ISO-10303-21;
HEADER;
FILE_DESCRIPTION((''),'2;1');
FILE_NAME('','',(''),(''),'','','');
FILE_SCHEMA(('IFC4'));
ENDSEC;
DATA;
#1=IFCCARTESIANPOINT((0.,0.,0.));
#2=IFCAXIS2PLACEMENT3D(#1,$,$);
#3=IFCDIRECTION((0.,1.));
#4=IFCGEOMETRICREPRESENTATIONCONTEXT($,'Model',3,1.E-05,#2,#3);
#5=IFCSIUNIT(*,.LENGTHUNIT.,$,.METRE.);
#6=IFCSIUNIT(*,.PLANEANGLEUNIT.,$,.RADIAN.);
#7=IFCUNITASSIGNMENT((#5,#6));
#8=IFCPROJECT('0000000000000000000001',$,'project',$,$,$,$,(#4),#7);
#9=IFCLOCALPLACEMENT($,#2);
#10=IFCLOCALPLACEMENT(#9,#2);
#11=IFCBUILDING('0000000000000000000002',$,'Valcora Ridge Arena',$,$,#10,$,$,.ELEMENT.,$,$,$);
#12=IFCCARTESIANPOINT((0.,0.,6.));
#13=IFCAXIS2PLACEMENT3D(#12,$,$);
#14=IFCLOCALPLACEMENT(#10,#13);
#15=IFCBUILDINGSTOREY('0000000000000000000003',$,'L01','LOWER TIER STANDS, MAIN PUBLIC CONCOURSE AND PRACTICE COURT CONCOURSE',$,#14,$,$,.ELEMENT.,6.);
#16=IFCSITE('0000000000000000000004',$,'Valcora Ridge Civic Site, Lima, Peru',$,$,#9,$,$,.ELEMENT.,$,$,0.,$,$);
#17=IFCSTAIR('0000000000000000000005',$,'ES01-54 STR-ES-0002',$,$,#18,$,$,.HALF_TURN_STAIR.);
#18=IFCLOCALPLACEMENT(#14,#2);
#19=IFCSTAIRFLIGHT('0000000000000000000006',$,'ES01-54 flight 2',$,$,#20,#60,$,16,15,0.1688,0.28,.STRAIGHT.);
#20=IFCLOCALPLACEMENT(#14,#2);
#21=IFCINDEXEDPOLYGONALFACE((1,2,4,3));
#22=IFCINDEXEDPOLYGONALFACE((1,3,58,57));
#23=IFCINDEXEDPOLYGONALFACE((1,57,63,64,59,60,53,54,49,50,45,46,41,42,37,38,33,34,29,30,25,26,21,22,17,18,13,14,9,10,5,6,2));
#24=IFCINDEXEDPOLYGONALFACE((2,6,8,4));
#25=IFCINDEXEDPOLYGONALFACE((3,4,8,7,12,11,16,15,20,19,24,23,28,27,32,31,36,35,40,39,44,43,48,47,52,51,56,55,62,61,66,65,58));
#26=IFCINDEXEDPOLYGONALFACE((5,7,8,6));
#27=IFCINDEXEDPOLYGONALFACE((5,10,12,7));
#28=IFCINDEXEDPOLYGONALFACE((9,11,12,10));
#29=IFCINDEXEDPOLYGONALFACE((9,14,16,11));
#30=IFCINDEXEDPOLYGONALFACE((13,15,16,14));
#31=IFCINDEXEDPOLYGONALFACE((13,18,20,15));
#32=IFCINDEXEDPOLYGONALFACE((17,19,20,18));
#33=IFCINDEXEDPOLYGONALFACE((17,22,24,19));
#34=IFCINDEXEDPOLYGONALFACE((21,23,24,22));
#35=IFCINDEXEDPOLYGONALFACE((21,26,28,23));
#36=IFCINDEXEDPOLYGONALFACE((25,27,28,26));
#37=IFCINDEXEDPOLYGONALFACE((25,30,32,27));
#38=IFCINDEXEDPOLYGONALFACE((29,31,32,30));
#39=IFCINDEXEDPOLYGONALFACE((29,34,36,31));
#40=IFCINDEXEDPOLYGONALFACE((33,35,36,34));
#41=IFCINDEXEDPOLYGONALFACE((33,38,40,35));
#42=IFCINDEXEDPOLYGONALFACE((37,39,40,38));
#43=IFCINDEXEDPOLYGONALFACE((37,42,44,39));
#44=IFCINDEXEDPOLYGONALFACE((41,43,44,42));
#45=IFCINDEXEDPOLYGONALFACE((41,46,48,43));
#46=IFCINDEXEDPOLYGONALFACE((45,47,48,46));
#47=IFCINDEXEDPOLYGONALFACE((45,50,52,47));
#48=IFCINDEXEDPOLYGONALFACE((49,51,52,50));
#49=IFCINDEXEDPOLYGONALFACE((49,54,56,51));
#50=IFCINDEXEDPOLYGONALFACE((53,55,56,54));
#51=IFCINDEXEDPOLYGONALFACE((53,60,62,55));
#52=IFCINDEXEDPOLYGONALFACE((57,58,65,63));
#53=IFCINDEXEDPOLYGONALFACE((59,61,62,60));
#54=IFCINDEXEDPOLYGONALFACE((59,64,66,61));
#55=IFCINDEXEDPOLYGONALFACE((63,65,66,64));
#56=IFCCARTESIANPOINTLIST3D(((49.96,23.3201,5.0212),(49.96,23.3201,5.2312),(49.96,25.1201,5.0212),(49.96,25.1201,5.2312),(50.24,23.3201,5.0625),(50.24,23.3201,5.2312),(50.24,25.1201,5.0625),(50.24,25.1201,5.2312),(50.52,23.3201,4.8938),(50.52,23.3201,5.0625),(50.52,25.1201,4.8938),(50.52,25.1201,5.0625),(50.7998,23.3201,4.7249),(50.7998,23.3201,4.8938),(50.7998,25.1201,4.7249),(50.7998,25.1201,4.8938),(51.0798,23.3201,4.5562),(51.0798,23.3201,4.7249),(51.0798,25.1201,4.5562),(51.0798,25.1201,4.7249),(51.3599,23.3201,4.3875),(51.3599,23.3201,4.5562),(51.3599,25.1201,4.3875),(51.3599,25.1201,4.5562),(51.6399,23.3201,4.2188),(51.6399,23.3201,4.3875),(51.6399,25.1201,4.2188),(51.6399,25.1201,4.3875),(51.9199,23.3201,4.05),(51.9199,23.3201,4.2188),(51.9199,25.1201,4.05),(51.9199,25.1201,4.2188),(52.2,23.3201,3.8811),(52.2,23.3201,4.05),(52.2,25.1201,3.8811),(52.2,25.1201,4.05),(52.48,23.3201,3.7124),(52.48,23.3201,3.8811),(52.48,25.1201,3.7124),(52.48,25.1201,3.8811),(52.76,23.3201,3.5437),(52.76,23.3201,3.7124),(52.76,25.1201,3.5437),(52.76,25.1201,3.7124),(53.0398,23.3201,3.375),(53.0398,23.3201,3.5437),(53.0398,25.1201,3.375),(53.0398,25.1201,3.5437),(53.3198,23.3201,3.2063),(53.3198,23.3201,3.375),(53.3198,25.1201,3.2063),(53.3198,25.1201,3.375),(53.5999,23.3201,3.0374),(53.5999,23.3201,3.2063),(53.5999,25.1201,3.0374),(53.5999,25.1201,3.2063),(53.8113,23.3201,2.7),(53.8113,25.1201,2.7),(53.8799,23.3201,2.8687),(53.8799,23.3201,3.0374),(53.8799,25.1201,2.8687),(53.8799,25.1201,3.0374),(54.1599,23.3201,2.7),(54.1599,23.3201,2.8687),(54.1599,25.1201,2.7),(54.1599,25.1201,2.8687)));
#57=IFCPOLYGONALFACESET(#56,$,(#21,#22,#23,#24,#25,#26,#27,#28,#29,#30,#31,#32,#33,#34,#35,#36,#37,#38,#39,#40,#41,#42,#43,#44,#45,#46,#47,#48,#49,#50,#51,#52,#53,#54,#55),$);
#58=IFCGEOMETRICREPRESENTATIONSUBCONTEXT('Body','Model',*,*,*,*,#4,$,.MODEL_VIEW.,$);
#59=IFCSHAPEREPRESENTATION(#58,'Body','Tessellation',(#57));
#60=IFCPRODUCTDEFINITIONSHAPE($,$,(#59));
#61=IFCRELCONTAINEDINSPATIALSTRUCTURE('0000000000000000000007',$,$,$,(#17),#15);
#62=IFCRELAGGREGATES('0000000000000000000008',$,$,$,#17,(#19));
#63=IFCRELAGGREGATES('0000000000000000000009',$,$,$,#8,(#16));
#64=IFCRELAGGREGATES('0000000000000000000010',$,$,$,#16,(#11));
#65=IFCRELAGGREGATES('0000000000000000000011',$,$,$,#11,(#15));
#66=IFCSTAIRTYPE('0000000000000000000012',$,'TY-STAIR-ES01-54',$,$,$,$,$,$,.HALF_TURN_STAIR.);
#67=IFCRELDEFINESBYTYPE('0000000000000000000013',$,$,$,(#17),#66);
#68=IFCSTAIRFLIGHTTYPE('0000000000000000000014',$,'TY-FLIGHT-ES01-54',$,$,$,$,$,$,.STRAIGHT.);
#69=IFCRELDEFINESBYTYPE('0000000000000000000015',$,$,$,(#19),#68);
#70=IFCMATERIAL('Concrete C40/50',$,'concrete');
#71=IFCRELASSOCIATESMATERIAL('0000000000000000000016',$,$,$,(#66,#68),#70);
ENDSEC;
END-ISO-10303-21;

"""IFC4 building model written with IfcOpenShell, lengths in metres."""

from ifc_helpers import new_model, si_unit, direction, frame, origin, place, context, subcontext, project, spatial, polyline, outline, extrude, material, type_object, element, aggregate, save


model = new_model("IFC4")

# Units and contexts
model_context = context("Model", 3, precision=1e-05, world=origin(), true_north=direction((0.0, 1.0)))
body_context = subcontext(model_context, "Body", "Model", "MODEL_VIEW")
ifc_project = project(units=[si_unit("LENGTHUNIT", "METRE"), si_unit("PLANEANGLEUNIT", "RADIAN")], contexts=[model_context])

# Site, building, storey
site_placement = place(None, origin())
site = spatial("IfcSite", under=ifc_project, at=site_placement, Name="Valcora Ridge Civic Site, Lima, Peru", CompositionType="ELEMENT", RefElevation=0.0)
building_placement = place(site_placement, origin())
building = spatial("IfcBuilding", under=site, at=building_placement, Name="Valcora Ridge Arena", CompositionType="ELEMENT")
storey_placement = place(building_placement, frame((0.0, 0.0, 6.0)))
storey = spatial("IfcBuildingStorey", under=building, at=storey_placement, Name="L01", Description="LOWER TIER STANDS, MAIN PUBLIC CONCOURSE AND PRACTICE COURT CONCOURSE", CompositionType="ELEMENT", Elevation=6.0)

# Shared definitions
ifc_material_1 = material(Name="Concrete C40/50", Category="concrete")

# Stair, stair flight
stair_type = type_object("IfcStairType", Name="TY-STAIR-ES01-54", PredefinedType="HALF_TURN_STAIR", material=ifc_material_1)
stair_placement = place(storey_placement, origin())
stair = element("IfcStair", 1, at=stair_placement, inside=storey, type_object=stair_type, Name="ES01-54 STR-ES-0002", PredefinedType="HALF_TURN_STAIR")
stair_flight_type = type_object("IfcStairFlightType", Name="TY-FLIGHT-ES01-54", PredefinedType="STRAIGHT", material=ifc_material_1)
stair_flight_placement = place(storey_placement, frame((54.1599, 24.22, 2.7), z_axis=(0.0, 0.0, 1.0), x_axis=(-1.0, 0.0, 0.0)))
stair_flight = element("IfcStairFlight", 2, at=stair_flight_placement, type_object=stair_flight_type, Name="ES01-54 flight 2", NumberOfRisers=16, NumberOfTreads=15, PredefinedType="STRAIGHT", RiserHeight=0.1688, TreadLength=0.28, context=body_context, shape_type="SweptSolid", body=[
    extrude(outline(polyline([(0.0, 0.0), (0.0, 0.1687), (0.28, 0.1687), (0.28, 0.3374), (0.5601, 0.3374), (0.5601, 0.5063), (0.8401, 0.5063), (0.8401, 0.675), (1.1201, 0.675), (1.1201, 0.8438), (1.3999, 0.8438), (1.3999, 1.0125), (1.6799, 1.0125), (1.6799, 1.1812), (1.96, 1.1812), (1.96, 1.3501), (2.24, 1.3501), (2.24, 1.5188), (2.52, 1.5188), (2.52, 1.6875), (2.8, 1.6875), (2.8, 1.8562), (3.0801, 1.8562), (3.0801, 2.0249), (3.3601, 2.0249), (3.3601, 2.1938), (3.6399, 2.1938), (3.6399, 2.3625), (3.9199, 2.3625), (3.9199, 2.5312), (4.2, 2.5312), (4.2, 2.7), (4.2, 2.3213), (0.3486, 0.0), (0.0, 0.0)])), frame((0.0, 0.8999, 0.0), z_axis=(0.0, -1.0, 0.0), x_axis=(1.0, 0.0, 0.0)), (0.0, 0.0, 1.0), 1.8),
])
aggregate(stair, [stair_flight])

save(model, "model.ifc")
